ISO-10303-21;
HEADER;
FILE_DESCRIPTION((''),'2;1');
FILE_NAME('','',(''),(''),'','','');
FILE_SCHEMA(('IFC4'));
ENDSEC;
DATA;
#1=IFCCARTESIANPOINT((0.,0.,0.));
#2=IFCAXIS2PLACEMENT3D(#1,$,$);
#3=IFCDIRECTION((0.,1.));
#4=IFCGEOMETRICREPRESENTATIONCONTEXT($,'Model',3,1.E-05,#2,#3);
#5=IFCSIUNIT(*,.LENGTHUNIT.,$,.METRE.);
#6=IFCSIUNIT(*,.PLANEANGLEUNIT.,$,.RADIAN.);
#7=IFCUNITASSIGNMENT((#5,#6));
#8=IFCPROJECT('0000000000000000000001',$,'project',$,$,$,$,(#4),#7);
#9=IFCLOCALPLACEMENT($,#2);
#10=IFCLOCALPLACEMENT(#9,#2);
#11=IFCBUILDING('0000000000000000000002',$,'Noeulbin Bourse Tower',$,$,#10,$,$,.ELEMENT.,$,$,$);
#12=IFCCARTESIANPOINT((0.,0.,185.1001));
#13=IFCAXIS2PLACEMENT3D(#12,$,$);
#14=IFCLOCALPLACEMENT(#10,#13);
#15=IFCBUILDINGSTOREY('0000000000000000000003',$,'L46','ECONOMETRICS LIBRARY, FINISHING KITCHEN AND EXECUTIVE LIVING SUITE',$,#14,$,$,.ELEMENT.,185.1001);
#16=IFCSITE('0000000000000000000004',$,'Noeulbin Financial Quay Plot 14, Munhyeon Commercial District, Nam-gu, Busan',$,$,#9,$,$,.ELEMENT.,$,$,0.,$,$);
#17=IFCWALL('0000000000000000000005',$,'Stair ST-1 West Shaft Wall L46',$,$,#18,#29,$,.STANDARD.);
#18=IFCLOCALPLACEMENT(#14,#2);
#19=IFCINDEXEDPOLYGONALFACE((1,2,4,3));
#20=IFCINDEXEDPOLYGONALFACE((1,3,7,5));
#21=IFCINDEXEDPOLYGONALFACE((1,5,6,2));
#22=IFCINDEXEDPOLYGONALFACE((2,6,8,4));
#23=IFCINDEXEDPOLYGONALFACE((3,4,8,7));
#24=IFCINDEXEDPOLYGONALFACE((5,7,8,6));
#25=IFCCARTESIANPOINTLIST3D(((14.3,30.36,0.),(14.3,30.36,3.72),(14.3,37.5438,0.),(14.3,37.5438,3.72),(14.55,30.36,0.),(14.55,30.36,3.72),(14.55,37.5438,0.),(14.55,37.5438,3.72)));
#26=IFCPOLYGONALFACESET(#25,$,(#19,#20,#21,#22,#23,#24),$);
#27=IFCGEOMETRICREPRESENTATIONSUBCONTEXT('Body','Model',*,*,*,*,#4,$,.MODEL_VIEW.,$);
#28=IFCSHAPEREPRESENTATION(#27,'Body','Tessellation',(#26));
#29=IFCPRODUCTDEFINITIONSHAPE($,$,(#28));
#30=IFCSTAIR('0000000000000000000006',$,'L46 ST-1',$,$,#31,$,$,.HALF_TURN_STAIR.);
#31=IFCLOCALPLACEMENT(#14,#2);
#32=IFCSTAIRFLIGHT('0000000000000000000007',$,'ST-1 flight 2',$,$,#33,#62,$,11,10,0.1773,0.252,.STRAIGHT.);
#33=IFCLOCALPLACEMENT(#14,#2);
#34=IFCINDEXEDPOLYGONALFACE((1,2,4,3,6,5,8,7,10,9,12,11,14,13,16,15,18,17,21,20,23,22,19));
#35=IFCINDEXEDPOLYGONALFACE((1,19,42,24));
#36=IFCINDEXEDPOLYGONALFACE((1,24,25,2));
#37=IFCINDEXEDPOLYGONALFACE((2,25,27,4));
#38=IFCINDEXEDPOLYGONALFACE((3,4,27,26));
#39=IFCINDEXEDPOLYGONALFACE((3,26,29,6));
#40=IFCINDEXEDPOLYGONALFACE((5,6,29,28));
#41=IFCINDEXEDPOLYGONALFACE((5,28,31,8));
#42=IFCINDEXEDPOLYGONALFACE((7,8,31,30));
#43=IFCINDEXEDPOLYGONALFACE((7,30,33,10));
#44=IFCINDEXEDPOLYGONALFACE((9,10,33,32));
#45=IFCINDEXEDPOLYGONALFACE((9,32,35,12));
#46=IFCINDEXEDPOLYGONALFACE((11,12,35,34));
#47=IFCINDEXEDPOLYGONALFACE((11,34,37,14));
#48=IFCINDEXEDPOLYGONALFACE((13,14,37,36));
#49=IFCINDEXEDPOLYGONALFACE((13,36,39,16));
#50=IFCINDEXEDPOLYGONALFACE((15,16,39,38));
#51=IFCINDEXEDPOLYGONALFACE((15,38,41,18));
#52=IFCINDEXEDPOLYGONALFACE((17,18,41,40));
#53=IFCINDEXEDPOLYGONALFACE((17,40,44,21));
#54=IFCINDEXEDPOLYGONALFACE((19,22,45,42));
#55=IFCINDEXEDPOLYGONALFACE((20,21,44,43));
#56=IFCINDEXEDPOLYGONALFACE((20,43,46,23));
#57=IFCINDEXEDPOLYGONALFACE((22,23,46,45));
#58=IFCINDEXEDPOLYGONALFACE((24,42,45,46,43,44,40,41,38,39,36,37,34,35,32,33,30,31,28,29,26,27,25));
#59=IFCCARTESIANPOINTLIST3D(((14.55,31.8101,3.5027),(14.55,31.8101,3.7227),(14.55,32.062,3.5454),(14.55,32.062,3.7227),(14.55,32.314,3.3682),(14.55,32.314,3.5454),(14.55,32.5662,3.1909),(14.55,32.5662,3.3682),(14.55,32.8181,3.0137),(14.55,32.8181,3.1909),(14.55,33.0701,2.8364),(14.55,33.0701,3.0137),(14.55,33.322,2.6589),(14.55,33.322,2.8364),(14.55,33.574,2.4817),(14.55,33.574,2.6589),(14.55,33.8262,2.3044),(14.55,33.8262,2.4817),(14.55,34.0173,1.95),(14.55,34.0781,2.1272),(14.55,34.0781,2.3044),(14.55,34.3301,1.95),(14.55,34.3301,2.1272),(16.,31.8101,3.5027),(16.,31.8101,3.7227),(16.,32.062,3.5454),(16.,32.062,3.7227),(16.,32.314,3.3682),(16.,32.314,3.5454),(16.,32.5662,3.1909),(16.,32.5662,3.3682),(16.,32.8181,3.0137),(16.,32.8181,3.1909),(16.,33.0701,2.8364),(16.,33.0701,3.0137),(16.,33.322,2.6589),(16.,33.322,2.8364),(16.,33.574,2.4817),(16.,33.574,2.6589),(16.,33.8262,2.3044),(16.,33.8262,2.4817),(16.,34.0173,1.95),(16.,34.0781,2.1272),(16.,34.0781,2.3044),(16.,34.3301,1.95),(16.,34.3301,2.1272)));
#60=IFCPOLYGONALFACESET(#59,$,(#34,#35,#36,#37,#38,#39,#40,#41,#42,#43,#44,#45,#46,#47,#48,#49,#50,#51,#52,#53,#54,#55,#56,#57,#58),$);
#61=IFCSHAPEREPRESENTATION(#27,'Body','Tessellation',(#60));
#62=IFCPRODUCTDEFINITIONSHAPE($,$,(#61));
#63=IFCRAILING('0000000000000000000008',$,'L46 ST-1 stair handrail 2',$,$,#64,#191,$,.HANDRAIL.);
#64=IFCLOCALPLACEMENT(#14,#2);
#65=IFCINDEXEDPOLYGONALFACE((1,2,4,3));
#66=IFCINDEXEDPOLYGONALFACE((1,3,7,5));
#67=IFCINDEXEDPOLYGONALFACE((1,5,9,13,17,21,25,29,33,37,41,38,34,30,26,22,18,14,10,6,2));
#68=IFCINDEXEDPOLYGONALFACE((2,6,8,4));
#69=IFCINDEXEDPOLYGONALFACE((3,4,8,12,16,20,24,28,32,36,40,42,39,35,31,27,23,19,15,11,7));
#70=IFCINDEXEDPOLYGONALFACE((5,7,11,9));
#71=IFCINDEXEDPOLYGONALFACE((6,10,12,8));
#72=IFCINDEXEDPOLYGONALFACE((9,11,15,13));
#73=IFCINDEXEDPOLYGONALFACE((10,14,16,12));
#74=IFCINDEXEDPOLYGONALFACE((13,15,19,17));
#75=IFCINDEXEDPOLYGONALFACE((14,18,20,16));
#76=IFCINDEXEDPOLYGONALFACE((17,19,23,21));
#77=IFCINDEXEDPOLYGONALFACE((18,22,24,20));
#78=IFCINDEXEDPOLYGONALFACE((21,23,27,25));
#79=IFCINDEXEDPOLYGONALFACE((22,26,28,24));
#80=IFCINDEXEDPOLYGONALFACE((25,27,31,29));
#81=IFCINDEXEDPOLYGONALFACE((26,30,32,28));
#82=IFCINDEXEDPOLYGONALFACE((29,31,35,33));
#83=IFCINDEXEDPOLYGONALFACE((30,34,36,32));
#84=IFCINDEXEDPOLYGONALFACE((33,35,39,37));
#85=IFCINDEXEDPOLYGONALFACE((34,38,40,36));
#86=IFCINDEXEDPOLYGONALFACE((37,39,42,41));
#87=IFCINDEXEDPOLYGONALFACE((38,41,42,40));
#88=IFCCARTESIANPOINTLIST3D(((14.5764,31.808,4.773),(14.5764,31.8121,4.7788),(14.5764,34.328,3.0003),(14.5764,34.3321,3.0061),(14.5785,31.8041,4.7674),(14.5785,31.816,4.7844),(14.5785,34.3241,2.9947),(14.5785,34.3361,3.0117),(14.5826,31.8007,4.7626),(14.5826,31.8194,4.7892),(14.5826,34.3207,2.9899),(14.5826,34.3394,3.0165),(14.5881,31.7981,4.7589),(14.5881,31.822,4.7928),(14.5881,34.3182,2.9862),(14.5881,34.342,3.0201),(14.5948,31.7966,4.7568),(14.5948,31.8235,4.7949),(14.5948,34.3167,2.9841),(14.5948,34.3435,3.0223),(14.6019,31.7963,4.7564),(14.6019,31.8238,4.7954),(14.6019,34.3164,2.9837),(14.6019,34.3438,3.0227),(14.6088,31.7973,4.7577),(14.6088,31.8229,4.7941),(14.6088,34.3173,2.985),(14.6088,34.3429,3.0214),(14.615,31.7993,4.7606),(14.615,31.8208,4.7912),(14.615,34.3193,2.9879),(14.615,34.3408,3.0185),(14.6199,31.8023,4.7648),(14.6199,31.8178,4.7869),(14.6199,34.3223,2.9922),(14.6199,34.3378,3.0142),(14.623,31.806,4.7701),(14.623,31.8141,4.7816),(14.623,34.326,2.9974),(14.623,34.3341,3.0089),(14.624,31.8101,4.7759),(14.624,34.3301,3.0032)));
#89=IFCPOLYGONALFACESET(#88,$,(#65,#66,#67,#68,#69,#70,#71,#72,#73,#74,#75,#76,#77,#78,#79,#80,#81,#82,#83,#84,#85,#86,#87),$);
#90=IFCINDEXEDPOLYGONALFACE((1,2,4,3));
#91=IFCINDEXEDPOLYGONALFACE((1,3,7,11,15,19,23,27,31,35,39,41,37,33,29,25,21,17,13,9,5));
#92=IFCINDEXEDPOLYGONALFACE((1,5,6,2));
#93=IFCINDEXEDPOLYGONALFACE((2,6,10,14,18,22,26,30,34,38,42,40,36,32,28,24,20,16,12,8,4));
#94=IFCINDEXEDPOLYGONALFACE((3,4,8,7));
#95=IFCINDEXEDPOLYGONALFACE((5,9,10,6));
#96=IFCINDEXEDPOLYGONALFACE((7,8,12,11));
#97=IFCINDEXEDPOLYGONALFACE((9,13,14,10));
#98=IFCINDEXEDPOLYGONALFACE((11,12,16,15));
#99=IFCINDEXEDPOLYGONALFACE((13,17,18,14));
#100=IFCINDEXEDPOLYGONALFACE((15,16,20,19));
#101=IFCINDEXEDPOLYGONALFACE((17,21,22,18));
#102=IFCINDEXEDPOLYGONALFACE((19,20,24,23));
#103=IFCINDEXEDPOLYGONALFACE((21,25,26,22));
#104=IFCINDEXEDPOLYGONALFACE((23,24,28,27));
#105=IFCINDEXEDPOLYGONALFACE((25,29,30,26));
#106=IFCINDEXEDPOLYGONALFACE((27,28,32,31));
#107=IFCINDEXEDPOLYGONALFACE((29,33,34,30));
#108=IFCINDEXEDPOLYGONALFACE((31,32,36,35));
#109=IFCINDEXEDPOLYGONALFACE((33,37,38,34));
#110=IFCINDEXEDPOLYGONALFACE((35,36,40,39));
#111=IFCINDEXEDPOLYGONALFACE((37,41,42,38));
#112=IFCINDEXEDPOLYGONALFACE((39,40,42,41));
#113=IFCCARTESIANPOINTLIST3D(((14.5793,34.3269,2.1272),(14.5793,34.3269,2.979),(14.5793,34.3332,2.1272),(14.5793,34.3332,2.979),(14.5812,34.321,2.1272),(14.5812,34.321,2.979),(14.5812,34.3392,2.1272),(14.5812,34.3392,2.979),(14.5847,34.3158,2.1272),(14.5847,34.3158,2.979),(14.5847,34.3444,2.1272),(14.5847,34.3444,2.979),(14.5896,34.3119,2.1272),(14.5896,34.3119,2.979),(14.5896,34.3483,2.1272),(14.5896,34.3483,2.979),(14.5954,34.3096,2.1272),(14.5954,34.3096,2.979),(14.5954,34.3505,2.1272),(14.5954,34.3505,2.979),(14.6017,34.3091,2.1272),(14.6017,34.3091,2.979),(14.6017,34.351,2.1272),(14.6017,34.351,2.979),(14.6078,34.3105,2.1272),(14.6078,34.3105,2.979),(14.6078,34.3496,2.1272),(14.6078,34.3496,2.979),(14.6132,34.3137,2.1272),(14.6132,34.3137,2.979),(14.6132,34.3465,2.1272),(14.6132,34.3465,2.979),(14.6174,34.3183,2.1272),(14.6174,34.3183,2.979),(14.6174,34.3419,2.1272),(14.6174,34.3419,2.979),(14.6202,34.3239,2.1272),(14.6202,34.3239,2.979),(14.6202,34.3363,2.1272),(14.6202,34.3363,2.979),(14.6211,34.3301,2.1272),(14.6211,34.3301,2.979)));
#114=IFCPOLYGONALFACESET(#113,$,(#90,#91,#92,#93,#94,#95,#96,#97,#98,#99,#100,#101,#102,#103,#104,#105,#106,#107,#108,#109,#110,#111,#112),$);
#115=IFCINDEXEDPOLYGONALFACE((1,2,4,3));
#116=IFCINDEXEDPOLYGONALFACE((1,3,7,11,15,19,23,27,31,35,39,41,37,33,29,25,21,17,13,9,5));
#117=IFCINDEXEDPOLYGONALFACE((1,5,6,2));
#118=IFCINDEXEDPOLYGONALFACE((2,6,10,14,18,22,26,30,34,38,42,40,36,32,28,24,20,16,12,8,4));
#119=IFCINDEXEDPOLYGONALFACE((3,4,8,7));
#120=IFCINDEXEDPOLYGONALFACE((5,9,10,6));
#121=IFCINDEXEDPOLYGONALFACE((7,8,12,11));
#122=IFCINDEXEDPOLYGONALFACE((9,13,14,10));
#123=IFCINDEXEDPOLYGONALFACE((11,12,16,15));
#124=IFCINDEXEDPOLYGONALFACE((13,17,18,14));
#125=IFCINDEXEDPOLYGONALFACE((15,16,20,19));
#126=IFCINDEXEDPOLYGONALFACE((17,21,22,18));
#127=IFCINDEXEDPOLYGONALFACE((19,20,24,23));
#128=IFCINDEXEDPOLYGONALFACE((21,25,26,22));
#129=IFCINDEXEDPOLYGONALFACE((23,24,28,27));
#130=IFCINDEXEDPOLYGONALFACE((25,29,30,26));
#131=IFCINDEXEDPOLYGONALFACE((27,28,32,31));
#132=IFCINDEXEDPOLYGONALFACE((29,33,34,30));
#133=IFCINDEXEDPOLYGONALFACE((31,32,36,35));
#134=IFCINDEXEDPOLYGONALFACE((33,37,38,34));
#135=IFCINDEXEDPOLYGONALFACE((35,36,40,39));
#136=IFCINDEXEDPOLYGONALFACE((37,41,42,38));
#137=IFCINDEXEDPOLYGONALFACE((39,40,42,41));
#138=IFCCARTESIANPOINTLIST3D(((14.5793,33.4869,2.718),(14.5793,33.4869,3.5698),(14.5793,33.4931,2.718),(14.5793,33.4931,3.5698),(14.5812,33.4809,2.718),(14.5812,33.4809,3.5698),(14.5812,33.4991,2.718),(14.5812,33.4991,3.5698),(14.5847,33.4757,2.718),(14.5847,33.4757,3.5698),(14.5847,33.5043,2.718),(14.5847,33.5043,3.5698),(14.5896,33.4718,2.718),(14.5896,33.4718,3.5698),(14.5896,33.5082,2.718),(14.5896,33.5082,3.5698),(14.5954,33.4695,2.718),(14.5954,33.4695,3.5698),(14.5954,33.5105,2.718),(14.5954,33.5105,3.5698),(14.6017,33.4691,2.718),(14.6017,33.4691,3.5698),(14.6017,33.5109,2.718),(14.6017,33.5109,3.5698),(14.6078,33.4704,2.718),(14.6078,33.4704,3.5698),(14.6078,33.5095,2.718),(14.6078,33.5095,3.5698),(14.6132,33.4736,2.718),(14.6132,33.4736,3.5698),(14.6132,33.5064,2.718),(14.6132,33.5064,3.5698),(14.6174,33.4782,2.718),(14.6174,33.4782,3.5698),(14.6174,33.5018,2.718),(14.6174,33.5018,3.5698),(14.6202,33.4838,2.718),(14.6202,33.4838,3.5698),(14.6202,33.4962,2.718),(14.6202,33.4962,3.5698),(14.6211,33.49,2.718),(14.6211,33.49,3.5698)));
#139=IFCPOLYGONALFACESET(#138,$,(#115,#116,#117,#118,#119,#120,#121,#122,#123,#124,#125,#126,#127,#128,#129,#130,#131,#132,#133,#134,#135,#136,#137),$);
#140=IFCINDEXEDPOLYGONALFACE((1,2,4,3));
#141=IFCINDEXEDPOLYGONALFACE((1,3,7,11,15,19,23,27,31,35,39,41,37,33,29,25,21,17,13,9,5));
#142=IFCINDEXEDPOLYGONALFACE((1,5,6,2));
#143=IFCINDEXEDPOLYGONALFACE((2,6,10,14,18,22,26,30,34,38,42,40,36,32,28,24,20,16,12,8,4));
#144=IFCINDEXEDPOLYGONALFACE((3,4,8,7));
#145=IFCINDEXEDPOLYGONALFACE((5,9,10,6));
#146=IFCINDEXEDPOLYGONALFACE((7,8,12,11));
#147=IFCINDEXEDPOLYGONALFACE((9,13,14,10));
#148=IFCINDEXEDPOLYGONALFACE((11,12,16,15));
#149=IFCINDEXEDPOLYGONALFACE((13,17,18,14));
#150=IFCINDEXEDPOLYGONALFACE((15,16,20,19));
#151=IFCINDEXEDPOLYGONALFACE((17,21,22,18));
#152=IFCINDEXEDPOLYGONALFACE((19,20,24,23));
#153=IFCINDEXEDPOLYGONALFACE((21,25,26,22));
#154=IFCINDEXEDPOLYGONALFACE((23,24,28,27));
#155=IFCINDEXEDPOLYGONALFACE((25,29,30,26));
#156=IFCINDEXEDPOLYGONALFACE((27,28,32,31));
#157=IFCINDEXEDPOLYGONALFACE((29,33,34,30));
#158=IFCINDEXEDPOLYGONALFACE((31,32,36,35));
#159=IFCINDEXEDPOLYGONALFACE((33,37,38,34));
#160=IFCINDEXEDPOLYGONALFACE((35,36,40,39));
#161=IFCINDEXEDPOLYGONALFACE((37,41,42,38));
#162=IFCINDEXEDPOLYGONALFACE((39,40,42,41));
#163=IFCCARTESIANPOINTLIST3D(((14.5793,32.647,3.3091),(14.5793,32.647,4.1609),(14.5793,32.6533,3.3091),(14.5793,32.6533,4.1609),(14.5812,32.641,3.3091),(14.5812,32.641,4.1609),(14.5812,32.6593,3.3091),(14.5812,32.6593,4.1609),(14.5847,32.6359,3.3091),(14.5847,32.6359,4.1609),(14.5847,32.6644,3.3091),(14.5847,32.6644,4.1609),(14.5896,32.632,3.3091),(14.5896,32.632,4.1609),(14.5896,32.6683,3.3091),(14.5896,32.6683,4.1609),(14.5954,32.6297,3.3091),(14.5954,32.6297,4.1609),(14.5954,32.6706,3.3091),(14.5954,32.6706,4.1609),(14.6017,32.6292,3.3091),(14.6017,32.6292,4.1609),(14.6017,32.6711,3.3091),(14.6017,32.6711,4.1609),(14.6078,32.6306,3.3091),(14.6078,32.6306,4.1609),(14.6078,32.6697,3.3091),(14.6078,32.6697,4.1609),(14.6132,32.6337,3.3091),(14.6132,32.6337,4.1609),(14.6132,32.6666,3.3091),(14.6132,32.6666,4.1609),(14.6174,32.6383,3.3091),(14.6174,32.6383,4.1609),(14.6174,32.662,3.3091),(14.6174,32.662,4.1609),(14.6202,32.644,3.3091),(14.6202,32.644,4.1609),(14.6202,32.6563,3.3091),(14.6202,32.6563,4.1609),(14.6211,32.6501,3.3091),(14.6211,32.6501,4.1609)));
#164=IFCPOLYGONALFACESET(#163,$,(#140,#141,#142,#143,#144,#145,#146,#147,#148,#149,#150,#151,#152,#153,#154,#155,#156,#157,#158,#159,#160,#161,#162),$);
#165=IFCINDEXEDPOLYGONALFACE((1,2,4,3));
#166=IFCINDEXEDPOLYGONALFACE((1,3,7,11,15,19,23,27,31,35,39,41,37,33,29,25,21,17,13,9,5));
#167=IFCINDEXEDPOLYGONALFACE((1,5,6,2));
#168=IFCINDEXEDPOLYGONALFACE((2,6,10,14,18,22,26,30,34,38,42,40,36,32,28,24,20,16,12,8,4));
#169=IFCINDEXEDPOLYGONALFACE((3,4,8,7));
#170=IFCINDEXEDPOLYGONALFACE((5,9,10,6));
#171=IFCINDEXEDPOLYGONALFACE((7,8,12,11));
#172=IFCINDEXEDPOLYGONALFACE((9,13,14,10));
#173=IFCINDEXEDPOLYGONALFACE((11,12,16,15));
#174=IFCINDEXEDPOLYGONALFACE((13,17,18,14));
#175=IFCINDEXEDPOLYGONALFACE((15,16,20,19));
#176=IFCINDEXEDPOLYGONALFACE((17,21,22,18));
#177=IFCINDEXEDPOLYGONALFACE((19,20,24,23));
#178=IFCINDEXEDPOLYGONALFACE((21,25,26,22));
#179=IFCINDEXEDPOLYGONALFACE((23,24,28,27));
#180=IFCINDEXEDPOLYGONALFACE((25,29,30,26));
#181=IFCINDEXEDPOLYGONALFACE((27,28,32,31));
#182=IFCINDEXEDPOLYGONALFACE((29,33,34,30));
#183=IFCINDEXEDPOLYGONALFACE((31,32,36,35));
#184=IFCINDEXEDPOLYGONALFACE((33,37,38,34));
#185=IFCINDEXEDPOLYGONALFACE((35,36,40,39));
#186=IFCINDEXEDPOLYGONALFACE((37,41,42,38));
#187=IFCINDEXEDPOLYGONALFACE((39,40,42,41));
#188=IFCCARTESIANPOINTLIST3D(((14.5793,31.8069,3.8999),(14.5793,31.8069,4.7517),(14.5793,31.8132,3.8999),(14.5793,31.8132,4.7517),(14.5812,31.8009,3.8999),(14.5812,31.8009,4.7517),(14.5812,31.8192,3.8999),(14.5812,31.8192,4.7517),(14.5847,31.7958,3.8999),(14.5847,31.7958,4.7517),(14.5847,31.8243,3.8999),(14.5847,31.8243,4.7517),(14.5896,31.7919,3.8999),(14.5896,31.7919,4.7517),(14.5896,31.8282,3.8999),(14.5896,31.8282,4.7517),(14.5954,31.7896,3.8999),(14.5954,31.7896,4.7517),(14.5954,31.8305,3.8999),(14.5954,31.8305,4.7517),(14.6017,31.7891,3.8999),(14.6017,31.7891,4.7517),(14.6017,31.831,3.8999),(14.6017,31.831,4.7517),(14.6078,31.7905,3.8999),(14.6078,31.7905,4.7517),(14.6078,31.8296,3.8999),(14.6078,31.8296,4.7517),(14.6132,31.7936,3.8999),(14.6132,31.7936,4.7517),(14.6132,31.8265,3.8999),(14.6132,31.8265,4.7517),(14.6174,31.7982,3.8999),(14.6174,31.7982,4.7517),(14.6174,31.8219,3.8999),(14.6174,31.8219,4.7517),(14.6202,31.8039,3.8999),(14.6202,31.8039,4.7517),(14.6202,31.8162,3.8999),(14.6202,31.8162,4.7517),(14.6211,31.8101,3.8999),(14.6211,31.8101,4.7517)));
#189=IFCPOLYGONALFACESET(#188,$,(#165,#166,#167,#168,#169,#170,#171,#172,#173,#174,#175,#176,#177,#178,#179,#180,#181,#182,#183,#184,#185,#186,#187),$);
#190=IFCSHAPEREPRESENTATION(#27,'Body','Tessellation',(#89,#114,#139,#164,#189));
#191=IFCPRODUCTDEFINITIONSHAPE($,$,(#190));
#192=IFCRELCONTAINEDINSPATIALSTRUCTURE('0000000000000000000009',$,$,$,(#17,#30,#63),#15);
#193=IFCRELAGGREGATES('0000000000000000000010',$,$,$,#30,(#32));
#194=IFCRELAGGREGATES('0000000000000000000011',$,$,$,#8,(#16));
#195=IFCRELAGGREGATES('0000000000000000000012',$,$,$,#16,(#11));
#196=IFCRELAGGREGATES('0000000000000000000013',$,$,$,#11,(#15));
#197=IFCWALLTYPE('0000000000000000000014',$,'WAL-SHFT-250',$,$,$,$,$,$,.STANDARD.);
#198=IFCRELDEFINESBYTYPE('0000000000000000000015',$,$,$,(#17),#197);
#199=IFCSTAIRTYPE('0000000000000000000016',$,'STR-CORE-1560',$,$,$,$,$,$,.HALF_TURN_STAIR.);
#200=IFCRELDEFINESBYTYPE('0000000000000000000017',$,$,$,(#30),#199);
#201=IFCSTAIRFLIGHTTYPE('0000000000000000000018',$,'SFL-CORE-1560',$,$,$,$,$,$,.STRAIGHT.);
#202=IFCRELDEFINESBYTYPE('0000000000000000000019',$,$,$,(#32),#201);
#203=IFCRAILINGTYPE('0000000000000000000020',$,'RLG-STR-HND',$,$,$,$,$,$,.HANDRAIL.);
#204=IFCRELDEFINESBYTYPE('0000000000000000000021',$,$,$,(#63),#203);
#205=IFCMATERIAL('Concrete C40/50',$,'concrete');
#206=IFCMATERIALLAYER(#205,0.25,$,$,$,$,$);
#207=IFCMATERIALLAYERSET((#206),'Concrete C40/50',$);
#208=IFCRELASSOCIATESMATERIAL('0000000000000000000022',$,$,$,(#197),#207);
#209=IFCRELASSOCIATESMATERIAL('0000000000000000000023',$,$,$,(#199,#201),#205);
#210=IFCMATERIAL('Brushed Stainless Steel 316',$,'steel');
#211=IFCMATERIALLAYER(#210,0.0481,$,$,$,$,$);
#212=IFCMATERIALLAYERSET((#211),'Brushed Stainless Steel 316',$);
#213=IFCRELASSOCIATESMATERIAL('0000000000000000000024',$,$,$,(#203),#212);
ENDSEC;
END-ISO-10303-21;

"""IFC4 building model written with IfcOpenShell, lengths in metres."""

from ifc_helpers import new_model, si_unit, direction, frame, frame_2d, origin, origin_2d, place, context, subcontext, project, spatial, polyline, rectangle, circle, outline, extrude, material, layer, layer_set, type_object, element, aggregate, save


model = new_model("IFC4")

# Units and contexts
model_context = context("Model", 3, precision=1e-05, world=origin(), true_north=direction((0.0, 1.0)))
body_context = subcontext(model_context, "Body", "Model", "MODEL_VIEW")
ifc_project = project(units=[si_unit("LENGTHUNIT", "METRE"), si_unit("PLANEANGLEUNIT", "RADIAN")], contexts=[model_context])

# Site, building, storey
site_placement = place(None, origin())
site = spatial("IfcSite", under=ifc_project, at=site_placement, Name="Noeulbin Financial Quay Plot 14, Munhyeon Commercial District, Nam-gu, Busan", CompositionType="ELEMENT", RefElevation=0.0)
building_placement = place(site_placement, origin())
building = spatial("IfcBuilding", under=site, at=building_placement, Name="Noeulbin Bourse Tower", CompositionType="ELEMENT")
storey_placement = place(building_placement, frame((0.0, 0.0, 185.1001)))
storey = spatial("IfcBuildingStorey", under=building, at=storey_placement, Name="L46", Description="ECONOMETRICS LIBRARY, FINISHING KITCHEN AND EXECUTIVE LIVING SUITE", CompositionType="ELEMENT", Elevation=185.1001)

# Shared definitions
ifc_material_1 = material(Name="Concrete C40/50", Category="concrete")
ifc_layer_1 = layer(ifc_material_1, 0.25)
ifc_layer_set_1 = layer_set([ifc_layer_1], Name="Concrete C40/50")
wall_type_1 = type_object("IfcWallType", Name="WAL-SHFT-250", PredefinedType="STANDARD", material=ifc_layer_set_1)

# Wall
wall_1_placement = place(storey_placement, frame((14.425, 30.3601, 0.0), z_axis=(0.0, 0.0, 1.0), x_axis=(0.0, 1.0, 0.0)))
element("IfcWall", 1, at=wall_1_placement, inside=storey, type_object=wall_type_1, Name="Stair ST-1 West Shaft Wall L46", PredefinedType="STANDARD", context=body_context, shape_type="SweptSolid", body=[
    extrude(rectangle(XDim=7.1838, YDim=0.25, at=frame_2d((3.5918, 0.0))), origin(), (0.0, 0.0, 1.0), 3.72),
])

# Stair, stair flight
stair_type = type_object("IfcStairType", Name="STR-CORE-1560", PredefinedType="HALF_TURN_STAIR", material=ifc_material_1)
stair_placement = place(storey_placement, origin())
stair = element("IfcStair", 2, at=stair_placement, inside=storey, type_object=stair_type, Name="L46 ST-1", PredefinedType="HALF_TURN_STAIR")
stair_flight_type = type_object("IfcStairFlightType", Name="SFL-CORE-1560", PredefinedType="STRAIGHT", material=ifc_material_1)
stair_flight_placement = place(storey_placement, frame((15.2749, 34.3301, 1.95), z_axis=(0.0, 0.0, 1.0), x_axis=(0.0, -1.0, 0.0)))
stair_flight = element("IfcStairFlight", 3, at=stair_flight_placement, type_object=stair_flight_type, Name="ST-1 flight 2", NumberOfRisers=11, NumberOfTreads=10, PredefinedType="STRAIGHT", RiserHeight=0.1773, TreadLength=0.252, context=body_context, shape_type="SweptSolid", body=[
    extrude(outline(polyline([(0.0, 0.0), (0.0, 0.1772), (0.252, 0.1772), (0.252, 0.3545), (0.5039, 0.3545), (0.5039, 0.5317), (0.7561, 0.5317), (0.7561, 0.709), (1.0081, 0.709), (1.0081, 0.8865), (1.26, 0.8865), (1.26, 1.0637), (1.512, 1.0637), (1.512, 1.241), (1.7639, 1.241), (1.7639, 1.4182), (2.0161, 1.4182), (2.0161, 1.5955), (2.2681, 1.5955), (2.2681, 1.7727), (2.52, 1.7727), (2.52, 1.95), (2.52, 1.5527), (0.3127, 0.0), (0.0, 0.0)])), frame((0.0, 0.7251, 0.0), z_axis=(0.0, -1.0, 0.0), x_axis=(1.0, 0.0, 0.0)), (0.0, 0.0, 1.0), 1.45),
])
aggregate(stair, [stair_flight])

# Railing
ifc_material_2 = material(Name="Brushed Stainless Steel 316", Category="steel")
ifc_layer_2 = layer(ifc_material_2, 0.0481)
ifc_layer_set_2 = layer_set([ifc_layer_2], Name="Brushed Stainless Steel 316")
railing_type = type_object("IfcRailingType", Name="RLG-STR-HND", PredefinedType="HANDRAIL", material=ifc_layer_set_2)
railing_placement = place(storey_placement, frame((14.6001, 34.3301, 2.1272)))
element("IfcRailing", 4, at=railing_placement, inside=storey, type_object=railing_type, Name="L46 ST-1 stair handrail 2", PredefinedType="HANDRAIL", context=body_context, shape_type="SweptSolid", body=[
    extrude(circle(Radius=0.0239, at=origin_2d()), frame((0.0, 0.0, 0.876), z_axis=(0.0, -0.817904, 0.575354), x_axis=(1.0, 0.0, 0.0)), (0.0, 0.0, 1.0), 3.0811),
    extrude(circle(Radius=0.021, at=origin_2d()), origin(), (0.0, 0.0, 1.0), 0.8518),
    extrude(circle(Radius=0.021, at=origin_2d()), frame((0.0, -0.8401, 0.5908)), (0.0, 0.0, 1.0), 0.8518),
    extrude(circle(Radius=0.021, at=origin_2d()), frame((0.0, -1.6799, 1.1819)), (0.0, 0.0, 1.0), 0.8518),
    extrude(circle(Radius=0.021, at=origin_2d()), frame((0.0, -2.52, 1.7727)), (0.0, 0.0, 1.0), 0.8518),
])

save(model, "model.ifc")
